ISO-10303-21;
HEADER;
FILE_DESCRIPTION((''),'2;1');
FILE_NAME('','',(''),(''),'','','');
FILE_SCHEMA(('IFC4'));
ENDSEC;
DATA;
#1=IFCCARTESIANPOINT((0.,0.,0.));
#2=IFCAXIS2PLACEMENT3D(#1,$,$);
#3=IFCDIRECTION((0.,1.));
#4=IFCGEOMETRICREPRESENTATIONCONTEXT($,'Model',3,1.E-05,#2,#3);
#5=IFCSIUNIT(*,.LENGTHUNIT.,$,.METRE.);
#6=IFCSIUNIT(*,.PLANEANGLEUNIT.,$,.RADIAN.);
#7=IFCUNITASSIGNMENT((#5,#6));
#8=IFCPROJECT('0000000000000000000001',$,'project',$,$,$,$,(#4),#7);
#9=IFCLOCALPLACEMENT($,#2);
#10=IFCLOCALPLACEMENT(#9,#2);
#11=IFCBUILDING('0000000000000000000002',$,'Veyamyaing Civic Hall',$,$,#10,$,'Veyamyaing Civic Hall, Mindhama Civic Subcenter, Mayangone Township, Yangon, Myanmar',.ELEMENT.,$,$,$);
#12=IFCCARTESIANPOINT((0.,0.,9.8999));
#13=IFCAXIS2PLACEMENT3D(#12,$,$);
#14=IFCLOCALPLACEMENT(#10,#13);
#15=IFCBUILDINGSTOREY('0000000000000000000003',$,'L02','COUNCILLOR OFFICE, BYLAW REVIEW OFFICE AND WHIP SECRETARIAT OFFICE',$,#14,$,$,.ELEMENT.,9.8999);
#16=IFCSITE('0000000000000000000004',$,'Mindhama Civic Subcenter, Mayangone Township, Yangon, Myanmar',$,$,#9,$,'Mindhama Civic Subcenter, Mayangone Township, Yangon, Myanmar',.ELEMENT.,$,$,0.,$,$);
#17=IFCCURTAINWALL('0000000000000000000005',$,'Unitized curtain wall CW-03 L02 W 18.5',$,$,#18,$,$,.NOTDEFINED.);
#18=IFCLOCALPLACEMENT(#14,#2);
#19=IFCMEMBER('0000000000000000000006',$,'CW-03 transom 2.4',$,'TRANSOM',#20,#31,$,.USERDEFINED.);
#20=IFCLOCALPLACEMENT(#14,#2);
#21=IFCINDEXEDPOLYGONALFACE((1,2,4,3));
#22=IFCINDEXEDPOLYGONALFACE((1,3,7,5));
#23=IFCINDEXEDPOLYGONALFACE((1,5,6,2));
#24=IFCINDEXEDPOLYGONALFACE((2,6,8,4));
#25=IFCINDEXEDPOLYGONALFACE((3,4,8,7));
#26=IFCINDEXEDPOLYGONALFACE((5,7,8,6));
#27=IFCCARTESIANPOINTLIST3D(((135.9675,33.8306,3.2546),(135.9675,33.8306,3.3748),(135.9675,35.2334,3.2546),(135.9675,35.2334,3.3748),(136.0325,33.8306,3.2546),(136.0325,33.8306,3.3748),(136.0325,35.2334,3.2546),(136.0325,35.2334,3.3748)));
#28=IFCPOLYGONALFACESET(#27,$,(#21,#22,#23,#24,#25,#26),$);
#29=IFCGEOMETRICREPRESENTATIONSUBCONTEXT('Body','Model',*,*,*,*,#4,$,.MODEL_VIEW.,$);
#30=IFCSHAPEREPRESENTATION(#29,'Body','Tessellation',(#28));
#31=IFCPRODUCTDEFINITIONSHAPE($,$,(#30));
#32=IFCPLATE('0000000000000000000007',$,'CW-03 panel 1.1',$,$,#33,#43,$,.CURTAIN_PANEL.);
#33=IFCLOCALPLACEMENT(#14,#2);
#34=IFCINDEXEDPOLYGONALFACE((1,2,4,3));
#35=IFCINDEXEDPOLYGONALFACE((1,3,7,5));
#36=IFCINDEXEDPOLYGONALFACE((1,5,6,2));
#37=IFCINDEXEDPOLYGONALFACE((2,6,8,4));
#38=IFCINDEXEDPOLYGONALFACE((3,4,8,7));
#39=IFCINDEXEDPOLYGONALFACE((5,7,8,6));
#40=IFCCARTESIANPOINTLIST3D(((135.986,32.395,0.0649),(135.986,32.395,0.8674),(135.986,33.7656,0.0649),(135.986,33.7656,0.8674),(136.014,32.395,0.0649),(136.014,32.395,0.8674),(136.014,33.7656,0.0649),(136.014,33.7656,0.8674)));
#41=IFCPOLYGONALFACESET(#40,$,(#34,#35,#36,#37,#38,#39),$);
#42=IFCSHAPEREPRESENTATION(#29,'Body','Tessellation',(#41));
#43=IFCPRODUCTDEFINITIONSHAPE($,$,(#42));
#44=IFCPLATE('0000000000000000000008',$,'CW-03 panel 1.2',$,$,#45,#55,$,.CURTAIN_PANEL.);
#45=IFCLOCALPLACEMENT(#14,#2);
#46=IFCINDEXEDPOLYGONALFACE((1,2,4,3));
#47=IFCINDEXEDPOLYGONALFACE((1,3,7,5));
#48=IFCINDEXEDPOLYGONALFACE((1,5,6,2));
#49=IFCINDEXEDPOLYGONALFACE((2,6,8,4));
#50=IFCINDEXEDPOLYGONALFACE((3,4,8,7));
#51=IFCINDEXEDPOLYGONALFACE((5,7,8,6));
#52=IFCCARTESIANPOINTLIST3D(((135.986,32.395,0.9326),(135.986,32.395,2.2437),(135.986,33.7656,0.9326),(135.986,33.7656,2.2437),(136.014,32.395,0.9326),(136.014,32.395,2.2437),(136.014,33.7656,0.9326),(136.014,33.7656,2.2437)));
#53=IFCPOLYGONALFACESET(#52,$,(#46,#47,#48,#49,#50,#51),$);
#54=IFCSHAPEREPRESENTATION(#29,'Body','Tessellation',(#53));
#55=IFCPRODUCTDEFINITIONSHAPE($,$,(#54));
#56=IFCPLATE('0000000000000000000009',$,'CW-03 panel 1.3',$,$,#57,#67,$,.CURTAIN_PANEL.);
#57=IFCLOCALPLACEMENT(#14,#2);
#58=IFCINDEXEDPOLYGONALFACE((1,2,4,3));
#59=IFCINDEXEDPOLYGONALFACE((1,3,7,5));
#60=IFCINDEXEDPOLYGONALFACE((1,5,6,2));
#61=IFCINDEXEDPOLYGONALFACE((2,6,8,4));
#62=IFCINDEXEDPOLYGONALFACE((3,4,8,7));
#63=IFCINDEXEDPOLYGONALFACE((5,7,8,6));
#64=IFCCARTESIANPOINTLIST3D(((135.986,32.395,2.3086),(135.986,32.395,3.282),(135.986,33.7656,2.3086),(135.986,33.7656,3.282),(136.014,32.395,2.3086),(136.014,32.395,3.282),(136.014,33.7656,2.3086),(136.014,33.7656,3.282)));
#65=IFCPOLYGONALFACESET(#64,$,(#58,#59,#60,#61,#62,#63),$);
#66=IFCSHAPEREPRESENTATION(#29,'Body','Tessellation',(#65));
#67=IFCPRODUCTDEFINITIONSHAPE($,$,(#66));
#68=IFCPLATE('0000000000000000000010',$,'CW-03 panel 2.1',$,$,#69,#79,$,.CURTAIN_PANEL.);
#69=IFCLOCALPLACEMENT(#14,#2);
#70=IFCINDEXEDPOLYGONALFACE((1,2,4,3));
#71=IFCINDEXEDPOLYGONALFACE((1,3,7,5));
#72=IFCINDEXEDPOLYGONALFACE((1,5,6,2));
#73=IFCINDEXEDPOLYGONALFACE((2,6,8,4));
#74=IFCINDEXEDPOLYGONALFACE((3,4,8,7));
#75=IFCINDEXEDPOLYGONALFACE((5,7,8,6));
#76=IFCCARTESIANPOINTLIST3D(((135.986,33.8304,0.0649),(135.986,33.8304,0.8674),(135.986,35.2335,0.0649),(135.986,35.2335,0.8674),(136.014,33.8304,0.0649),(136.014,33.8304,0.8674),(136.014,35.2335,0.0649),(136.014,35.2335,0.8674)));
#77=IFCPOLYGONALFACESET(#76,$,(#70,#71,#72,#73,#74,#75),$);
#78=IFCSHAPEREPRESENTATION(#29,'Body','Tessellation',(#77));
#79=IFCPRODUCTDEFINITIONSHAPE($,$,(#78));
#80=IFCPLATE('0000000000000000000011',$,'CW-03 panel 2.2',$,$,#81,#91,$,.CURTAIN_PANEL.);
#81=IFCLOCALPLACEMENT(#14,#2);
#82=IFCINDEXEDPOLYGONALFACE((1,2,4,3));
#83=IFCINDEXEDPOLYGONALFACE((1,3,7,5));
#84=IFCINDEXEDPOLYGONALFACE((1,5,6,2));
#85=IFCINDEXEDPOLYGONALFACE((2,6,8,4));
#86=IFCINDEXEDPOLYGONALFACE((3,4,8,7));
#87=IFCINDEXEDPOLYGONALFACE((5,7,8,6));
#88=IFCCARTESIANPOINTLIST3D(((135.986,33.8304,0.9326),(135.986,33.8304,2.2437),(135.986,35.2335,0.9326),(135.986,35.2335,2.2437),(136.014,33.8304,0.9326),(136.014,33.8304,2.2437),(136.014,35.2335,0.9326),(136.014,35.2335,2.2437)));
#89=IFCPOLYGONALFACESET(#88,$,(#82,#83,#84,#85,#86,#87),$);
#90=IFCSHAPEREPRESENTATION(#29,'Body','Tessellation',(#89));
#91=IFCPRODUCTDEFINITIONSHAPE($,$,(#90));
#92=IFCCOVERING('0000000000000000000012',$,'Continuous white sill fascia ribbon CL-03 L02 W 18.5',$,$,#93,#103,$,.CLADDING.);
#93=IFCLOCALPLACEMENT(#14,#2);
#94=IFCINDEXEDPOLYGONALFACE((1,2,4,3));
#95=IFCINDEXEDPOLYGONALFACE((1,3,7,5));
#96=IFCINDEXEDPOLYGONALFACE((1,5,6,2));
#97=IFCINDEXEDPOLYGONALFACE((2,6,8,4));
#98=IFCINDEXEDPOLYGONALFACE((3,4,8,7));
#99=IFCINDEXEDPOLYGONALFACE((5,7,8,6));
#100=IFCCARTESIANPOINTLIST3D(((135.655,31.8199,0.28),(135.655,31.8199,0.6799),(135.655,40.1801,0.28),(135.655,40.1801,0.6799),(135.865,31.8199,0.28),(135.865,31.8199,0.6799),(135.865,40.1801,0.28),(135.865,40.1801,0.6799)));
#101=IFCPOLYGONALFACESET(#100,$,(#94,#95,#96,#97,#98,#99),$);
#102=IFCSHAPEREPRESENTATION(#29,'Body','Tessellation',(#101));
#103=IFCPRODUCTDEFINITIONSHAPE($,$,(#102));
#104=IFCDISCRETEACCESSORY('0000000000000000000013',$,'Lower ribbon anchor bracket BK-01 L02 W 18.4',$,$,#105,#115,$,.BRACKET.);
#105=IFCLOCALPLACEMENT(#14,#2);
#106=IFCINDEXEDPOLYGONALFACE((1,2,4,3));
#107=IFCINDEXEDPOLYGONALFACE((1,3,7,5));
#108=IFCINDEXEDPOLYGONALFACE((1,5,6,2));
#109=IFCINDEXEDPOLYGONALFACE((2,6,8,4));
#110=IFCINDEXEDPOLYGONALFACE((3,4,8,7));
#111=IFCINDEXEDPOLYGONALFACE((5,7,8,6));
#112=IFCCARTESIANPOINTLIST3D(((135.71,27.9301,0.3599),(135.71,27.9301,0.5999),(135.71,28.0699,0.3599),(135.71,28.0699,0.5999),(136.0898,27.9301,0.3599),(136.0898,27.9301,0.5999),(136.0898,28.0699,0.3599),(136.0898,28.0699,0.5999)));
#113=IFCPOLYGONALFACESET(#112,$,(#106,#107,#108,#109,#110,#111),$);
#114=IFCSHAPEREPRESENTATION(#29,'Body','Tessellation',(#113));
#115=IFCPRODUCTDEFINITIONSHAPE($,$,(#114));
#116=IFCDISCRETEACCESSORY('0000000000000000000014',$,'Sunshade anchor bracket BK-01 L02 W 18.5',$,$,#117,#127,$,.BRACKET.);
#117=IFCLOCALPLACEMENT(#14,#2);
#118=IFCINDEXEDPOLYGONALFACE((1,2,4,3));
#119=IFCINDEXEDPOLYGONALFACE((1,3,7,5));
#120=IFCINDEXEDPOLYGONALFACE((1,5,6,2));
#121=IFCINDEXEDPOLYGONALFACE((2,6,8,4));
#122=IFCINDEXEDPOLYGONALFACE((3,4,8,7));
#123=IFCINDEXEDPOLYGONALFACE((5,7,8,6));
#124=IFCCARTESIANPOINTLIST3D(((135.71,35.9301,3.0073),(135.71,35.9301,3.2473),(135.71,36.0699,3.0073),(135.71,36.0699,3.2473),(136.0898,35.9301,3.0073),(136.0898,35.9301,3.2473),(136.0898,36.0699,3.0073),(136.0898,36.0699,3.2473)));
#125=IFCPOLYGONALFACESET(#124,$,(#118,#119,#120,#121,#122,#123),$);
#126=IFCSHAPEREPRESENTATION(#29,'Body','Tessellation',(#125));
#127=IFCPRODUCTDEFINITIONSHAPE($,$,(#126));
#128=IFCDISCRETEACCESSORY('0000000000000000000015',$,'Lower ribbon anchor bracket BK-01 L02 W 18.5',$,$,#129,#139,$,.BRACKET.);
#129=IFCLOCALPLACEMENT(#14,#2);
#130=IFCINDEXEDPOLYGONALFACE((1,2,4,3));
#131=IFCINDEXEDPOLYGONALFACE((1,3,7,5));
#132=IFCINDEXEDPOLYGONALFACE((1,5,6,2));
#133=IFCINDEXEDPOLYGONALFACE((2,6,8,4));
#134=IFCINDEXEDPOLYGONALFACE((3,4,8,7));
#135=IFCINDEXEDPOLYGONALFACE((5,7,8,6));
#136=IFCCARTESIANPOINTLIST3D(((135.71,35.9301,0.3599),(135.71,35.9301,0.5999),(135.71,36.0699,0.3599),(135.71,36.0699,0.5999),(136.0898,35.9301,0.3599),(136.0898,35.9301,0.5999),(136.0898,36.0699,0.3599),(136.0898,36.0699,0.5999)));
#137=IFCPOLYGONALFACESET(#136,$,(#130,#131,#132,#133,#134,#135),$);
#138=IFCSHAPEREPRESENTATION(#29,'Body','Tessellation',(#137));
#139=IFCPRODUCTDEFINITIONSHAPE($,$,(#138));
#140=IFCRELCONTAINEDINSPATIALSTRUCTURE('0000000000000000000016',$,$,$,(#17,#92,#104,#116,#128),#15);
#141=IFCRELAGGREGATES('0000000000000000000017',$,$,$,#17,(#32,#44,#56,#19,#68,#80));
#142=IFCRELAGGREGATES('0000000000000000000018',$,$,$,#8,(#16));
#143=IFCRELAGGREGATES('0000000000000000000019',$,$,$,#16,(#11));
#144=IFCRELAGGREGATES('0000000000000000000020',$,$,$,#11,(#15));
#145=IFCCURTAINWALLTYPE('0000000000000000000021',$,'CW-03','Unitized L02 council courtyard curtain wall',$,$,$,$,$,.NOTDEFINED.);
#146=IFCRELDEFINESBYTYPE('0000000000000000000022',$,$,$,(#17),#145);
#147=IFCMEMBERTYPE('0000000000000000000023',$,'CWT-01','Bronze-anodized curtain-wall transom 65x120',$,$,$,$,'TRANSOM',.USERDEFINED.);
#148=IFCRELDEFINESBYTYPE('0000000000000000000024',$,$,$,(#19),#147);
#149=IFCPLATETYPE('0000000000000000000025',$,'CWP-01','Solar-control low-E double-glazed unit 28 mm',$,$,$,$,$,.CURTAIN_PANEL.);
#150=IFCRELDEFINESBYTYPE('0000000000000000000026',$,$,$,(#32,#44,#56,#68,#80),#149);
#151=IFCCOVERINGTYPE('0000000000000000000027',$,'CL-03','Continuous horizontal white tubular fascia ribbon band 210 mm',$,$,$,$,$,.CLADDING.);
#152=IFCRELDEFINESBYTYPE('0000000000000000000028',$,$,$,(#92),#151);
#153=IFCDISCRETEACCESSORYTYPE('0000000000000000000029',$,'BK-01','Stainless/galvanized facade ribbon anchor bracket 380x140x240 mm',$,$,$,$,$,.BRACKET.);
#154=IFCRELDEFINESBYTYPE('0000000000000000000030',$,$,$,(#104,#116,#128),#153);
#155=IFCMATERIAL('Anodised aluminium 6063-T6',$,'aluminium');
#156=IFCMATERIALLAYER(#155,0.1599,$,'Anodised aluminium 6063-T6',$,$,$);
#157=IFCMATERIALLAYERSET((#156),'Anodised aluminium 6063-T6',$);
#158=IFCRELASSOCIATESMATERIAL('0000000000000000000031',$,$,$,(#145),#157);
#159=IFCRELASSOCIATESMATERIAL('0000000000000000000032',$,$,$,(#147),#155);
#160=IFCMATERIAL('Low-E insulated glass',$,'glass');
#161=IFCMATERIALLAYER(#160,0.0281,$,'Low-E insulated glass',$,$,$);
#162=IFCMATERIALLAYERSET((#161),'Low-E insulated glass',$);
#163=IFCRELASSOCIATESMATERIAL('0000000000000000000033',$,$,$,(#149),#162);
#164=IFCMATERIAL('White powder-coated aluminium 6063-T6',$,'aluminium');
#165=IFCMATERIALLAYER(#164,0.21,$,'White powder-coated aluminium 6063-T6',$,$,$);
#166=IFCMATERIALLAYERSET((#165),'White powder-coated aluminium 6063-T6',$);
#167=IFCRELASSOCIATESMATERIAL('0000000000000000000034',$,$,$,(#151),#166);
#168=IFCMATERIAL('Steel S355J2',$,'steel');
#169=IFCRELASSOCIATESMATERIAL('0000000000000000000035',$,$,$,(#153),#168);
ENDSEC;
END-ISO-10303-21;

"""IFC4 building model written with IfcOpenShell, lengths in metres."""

from ifc_helpers import new_model, si_unit, direction, frame, origin, origin_2d, place, context, subcontext, project, spatial, rectangle, extrude, material, layer, layer_set, material_profile, profile_set, type_object, element, aggregate, save


model = new_model("IFC4")

# Units and contexts
model_context = context("Model", 3, precision=1e-05, world=origin(), true_north=direction((0.0, 1.0)))
body_context = subcontext(model_context, "Body", "Model", "MODEL_VIEW")
ifc_project = project(units=[si_unit("LENGTHUNIT", "METRE"), si_unit("PLANEANGLEUNIT", "RADIAN")], contexts=[model_context])

# Site, building, storey
site_placement = place(None, origin())
site = spatial("IfcSite", under=ifc_project, at=site_placement, Name="Mindhama Civic Subcenter, Mayangone Township, Yangon, Myanmar", LongName="Mindhama Civic Subcenter, Mayangone Township, Yangon, Myanmar", CompositionType="ELEMENT", RefElevation=0.0)
building_placement = place(site_placement, origin())
building = spatial("IfcBuilding", under=site, at=building_placement, Name="Veyamyaing Civic Hall", LongName="Veyamyaing Civic Hall, Mindhama Civic Subcenter, Mayangone Township, Yangon, Myanmar", CompositionType="ELEMENT")
storey_placement = place(building_placement, frame((0.0, 0.0, 9.8999)))
storey = spatial("IfcBuildingStorey", under=building, at=storey_placement, Name="L02", Description="COUNCILLOR OFFICE, BYLAW REVIEW OFFICE AND WHIP SECRETARIAT OFFICE", CompositionType="ELEMENT", Elevation=9.8999)

# Curtain wall, member, plates
ifc_material_1 = material(Name="Anodised aluminium 6063-T6", Category="aluminium")
ifc_layer_1 = layer(ifc_material_1, 0.1599, Name="Anodised aluminium 6063-T6")
ifc_layer_set_1 = layer_set([ifc_layer_1], Name="Anodised aluminium 6063-T6")
curtain_wall_type = type_object("IfcCurtainWallType", Name="CW-03", Description="Unitized L02 council courtyard curtain wall", PredefinedType="NOTDEFINED", material=ifc_layer_set_1)
curtain_wall_placement = place(storey_placement, origin())
curtain_wall = element("IfcCurtainWall", 1, at=curtain_wall_placement, inside=storey, type_object=curtain_wall_type, Name="Unitized curtain wall CW-03 L02 W 18.5", PredefinedType="NOTDEFINED")
ifc_material_profile_1 = material_profile(ifc_material_1, rectangle(XDim=0.0649, YDim=0.1201, at=origin_2d()), Name="ALU-TRN-65X120")
ifc_profile_set_1 = profile_set([ifc_material_profile_1], Name="Anodised aluminium 6063-T6")
member_type_1 = type_object("IfcMemberType", Name="CWT-01", Description="Bronze-anodized curtain-wall transom 65x120", ElementType="TRANSOM", PredefinedType="USERDEFINED", material=ifc_profile_set_1)
member_1_placement = place(storey_placement, frame((136.0, 33.8306, 3.3147), z_axis=(0.0, 1.0, 0.0), x_axis=(-1.0, 0.0, 0.0)))
member_1 = element("IfcMember", 2, at=member_1_placement, type_object=member_type_1, Name="CW-03 transom 2.4", ObjectType="TRANSOM", PredefinedType="USERDEFINED", context=body_context, shape_type="SweptSolid", body=[
    extrude(rectangle(XDim=0.0649, YDim=0.1201, at=origin_2d()), origin(), (0.0, 0.0, 1.0), 1.4028),
])
ifc_material_2 = material(Name="Low-E insulated glass", Category="glass")
ifc_layer_2 = layer(ifc_material_2, 0.0281, Name="Low-E insulated glass")
ifc_layer_set_2 = layer_set([ifc_layer_2], Name="Low-E insulated glass")
plate_type = type_object("IfcPlateType", Name="CWP-01", Description="Solar-control low-E double-glazed unit 28 mm", PredefinedType="CURTAIN_PANEL", material=ifc_layer_set_2)
plate_1_placement = place(storey_placement, frame((136.0, 33.0803, 0.0649), z_axis=(0.0, 0.0, 1.0), x_axis=(0.0, 1.0, 0.0)))
plate_1 = element("IfcPlate", 3, at=plate_1_placement, type_object=plate_type, Name="CW-03 panel 1.1", PredefinedType="CURTAIN_PANEL", context=body_context, shape_type="SweptSolid", body=[
    extrude(rectangle(XDim=1.3706, YDim=0.0281, at=origin_2d()), origin(), (0.0, 0.0, 1.0), 0.8025),
])
plate_2_placement = place(storey_placement, frame((136.0, 33.0803, 0.9326), z_axis=(0.0, 0.0, 1.0), x_axis=(0.0, 1.0, 0.0)))
plate_2 = element("IfcPlate", 4, at=plate_2_placement, type_object=plate_type, Name="CW-03 panel 1.2", PredefinedType="CURTAIN_PANEL", context=body_context, shape_type="SweptSolid", body=[
    extrude(rectangle(XDim=1.3706, YDim=0.0281, at=origin_2d()), origin(), (0.0, 0.0, 1.0), 1.311),
])
plate_3_placement = place(storey_placement, frame((136.0, 33.0803, 2.3086), z_axis=(0.0, 0.0, 1.0), x_axis=(0.0, 1.0, 0.0)))
plate_3 = element("IfcPlate", 5, at=plate_3_placement, type_object=plate_type, Name="CW-03 panel 1.3", PredefinedType="CURTAIN_PANEL", context=body_context, shape_type="SweptSolid", body=[
    extrude(rectangle(XDim=1.3706, YDim=0.0281, at=origin_2d()), origin(), (0.0, 0.0, 1.0), 0.9734),
])
plate_4_placement = place(storey_placement, frame((136.0, 34.532, 0.0649), z_axis=(0.0, 0.0, 1.0), x_axis=(0.0, 1.0, 0.0)))
plate_4 = element("IfcPlate", 6, at=plate_4_placement, type_object=plate_type, Name="CW-03 panel 2.1", PredefinedType="CURTAIN_PANEL", context=body_context, shape_type="SweptSolid", body=[
    extrude(rectangle(XDim=1.4031, YDim=0.0281, at=origin_2d()), origin(), (0.0, 0.0, 1.0), 0.8025),
])
plate_5_placement = place(storey_placement, frame((136.0, 34.532, 0.9326), z_axis=(0.0, 0.0, 1.0), x_axis=(0.0, 1.0, 0.0)))
plate_5 = element("IfcPlate", 7, at=plate_5_placement, type_object=plate_type, Name="CW-03 panel 2.2", PredefinedType="CURTAIN_PANEL", context=body_context, shape_type="SweptSolid", body=[
    extrude(rectangle(XDim=1.4031, YDim=0.0281, at=origin_2d()), origin(), (0.0, 0.0, 1.0), 1.311),
])
aggregate(curtain_wall, [plate_1, plate_2, plate_3, member_1, plate_4, plate_5])

# Covering
ifc_material_3 = material(Name="White powder-coated aluminium 6063-T6", Category="aluminium")
ifc_layer_3 = layer(ifc_material_3, 0.21, Name="White powder-coated aluminium 6063-T6")
ifc_layer_set_3 = layer_set([ifc_layer_3], Name="White powder-coated aluminium 6063-T6")
covering_type = type_object("IfcCoveringType", Name="CL-03", Description="Continuous horizontal white tubular fascia ribbon band 210 mm", PredefinedType="CLADDING", material=ifc_layer_set_3)
covering_placement = place(storey_placement, frame((135.76, 36.0, 0.28), z_axis=(0.0, 0.0, 1.0), x_axis=(0.0, 1.0, 0.0)))
element("IfcCovering", 8, at=covering_placement, inside=storey, type_object=covering_type, Name="Continuous white sill fascia ribbon CL-03 L02 W 18.5", PredefinedType="CLADDING", context=body_context, shape_type="SweptSolid", body=[
    extrude(rectangle(XDim=8.3601, YDim=0.21, at=origin_2d()), origin(), (0.0, 0.0, 1.0), 0.3999),
])

# Discrete accessories
ifc_material_4 = material(Name="Steel S355J2", Category="steel")
discrete_accessory_type = type_object("IfcDiscreteAccessoryType", Name="BK-01", Description="Stainless/galvanized facade ribbon anchor bracket 380x140x240 mm", PredefinedType="BRACKET", material=ifc_material_4)
for number, where, z_axis, x_axis, name in (
    (9, (135.8999, 28.0, 0.3599), (0.0, 0.0, 1.0), (-1.0, 0.0, 0.0), "Lower ribbon anchor bracket BK-01 L02 W 18.4"),
    (10, (135.8999, 36.0, 3.0073), (0.0, 0.0, 1.0), (-1.0, 0.0, 0.0), "Sunshade anchor bracket BK-01 L02 W 18.5"),
    (11, (135.8999, 36.0, 0.3599), (0.0, 0.0, 1.0), (-1.0, 0.0, 0.0), "Lower ribbon anchor bracket BK-01 L02 W 18.5"),
):
    element("IfcDiscreteAccessory", number, at=place(storey_placement, frame(where, z_axis=z_axis, x_axis=x_axis)), inside=storey, type_object=discrete_accessory_type, Name=name, PredefinedType="BRACKET", context=body_context, shape_type="SweptSolid", body=[
        extrude(rectangle(XDim=0.3799, YDim=0.1399, at=origin_2d()), origin(), (0.0, 0.0, 1.0), 0.24),
    ])

save(model, "model.ifc")
